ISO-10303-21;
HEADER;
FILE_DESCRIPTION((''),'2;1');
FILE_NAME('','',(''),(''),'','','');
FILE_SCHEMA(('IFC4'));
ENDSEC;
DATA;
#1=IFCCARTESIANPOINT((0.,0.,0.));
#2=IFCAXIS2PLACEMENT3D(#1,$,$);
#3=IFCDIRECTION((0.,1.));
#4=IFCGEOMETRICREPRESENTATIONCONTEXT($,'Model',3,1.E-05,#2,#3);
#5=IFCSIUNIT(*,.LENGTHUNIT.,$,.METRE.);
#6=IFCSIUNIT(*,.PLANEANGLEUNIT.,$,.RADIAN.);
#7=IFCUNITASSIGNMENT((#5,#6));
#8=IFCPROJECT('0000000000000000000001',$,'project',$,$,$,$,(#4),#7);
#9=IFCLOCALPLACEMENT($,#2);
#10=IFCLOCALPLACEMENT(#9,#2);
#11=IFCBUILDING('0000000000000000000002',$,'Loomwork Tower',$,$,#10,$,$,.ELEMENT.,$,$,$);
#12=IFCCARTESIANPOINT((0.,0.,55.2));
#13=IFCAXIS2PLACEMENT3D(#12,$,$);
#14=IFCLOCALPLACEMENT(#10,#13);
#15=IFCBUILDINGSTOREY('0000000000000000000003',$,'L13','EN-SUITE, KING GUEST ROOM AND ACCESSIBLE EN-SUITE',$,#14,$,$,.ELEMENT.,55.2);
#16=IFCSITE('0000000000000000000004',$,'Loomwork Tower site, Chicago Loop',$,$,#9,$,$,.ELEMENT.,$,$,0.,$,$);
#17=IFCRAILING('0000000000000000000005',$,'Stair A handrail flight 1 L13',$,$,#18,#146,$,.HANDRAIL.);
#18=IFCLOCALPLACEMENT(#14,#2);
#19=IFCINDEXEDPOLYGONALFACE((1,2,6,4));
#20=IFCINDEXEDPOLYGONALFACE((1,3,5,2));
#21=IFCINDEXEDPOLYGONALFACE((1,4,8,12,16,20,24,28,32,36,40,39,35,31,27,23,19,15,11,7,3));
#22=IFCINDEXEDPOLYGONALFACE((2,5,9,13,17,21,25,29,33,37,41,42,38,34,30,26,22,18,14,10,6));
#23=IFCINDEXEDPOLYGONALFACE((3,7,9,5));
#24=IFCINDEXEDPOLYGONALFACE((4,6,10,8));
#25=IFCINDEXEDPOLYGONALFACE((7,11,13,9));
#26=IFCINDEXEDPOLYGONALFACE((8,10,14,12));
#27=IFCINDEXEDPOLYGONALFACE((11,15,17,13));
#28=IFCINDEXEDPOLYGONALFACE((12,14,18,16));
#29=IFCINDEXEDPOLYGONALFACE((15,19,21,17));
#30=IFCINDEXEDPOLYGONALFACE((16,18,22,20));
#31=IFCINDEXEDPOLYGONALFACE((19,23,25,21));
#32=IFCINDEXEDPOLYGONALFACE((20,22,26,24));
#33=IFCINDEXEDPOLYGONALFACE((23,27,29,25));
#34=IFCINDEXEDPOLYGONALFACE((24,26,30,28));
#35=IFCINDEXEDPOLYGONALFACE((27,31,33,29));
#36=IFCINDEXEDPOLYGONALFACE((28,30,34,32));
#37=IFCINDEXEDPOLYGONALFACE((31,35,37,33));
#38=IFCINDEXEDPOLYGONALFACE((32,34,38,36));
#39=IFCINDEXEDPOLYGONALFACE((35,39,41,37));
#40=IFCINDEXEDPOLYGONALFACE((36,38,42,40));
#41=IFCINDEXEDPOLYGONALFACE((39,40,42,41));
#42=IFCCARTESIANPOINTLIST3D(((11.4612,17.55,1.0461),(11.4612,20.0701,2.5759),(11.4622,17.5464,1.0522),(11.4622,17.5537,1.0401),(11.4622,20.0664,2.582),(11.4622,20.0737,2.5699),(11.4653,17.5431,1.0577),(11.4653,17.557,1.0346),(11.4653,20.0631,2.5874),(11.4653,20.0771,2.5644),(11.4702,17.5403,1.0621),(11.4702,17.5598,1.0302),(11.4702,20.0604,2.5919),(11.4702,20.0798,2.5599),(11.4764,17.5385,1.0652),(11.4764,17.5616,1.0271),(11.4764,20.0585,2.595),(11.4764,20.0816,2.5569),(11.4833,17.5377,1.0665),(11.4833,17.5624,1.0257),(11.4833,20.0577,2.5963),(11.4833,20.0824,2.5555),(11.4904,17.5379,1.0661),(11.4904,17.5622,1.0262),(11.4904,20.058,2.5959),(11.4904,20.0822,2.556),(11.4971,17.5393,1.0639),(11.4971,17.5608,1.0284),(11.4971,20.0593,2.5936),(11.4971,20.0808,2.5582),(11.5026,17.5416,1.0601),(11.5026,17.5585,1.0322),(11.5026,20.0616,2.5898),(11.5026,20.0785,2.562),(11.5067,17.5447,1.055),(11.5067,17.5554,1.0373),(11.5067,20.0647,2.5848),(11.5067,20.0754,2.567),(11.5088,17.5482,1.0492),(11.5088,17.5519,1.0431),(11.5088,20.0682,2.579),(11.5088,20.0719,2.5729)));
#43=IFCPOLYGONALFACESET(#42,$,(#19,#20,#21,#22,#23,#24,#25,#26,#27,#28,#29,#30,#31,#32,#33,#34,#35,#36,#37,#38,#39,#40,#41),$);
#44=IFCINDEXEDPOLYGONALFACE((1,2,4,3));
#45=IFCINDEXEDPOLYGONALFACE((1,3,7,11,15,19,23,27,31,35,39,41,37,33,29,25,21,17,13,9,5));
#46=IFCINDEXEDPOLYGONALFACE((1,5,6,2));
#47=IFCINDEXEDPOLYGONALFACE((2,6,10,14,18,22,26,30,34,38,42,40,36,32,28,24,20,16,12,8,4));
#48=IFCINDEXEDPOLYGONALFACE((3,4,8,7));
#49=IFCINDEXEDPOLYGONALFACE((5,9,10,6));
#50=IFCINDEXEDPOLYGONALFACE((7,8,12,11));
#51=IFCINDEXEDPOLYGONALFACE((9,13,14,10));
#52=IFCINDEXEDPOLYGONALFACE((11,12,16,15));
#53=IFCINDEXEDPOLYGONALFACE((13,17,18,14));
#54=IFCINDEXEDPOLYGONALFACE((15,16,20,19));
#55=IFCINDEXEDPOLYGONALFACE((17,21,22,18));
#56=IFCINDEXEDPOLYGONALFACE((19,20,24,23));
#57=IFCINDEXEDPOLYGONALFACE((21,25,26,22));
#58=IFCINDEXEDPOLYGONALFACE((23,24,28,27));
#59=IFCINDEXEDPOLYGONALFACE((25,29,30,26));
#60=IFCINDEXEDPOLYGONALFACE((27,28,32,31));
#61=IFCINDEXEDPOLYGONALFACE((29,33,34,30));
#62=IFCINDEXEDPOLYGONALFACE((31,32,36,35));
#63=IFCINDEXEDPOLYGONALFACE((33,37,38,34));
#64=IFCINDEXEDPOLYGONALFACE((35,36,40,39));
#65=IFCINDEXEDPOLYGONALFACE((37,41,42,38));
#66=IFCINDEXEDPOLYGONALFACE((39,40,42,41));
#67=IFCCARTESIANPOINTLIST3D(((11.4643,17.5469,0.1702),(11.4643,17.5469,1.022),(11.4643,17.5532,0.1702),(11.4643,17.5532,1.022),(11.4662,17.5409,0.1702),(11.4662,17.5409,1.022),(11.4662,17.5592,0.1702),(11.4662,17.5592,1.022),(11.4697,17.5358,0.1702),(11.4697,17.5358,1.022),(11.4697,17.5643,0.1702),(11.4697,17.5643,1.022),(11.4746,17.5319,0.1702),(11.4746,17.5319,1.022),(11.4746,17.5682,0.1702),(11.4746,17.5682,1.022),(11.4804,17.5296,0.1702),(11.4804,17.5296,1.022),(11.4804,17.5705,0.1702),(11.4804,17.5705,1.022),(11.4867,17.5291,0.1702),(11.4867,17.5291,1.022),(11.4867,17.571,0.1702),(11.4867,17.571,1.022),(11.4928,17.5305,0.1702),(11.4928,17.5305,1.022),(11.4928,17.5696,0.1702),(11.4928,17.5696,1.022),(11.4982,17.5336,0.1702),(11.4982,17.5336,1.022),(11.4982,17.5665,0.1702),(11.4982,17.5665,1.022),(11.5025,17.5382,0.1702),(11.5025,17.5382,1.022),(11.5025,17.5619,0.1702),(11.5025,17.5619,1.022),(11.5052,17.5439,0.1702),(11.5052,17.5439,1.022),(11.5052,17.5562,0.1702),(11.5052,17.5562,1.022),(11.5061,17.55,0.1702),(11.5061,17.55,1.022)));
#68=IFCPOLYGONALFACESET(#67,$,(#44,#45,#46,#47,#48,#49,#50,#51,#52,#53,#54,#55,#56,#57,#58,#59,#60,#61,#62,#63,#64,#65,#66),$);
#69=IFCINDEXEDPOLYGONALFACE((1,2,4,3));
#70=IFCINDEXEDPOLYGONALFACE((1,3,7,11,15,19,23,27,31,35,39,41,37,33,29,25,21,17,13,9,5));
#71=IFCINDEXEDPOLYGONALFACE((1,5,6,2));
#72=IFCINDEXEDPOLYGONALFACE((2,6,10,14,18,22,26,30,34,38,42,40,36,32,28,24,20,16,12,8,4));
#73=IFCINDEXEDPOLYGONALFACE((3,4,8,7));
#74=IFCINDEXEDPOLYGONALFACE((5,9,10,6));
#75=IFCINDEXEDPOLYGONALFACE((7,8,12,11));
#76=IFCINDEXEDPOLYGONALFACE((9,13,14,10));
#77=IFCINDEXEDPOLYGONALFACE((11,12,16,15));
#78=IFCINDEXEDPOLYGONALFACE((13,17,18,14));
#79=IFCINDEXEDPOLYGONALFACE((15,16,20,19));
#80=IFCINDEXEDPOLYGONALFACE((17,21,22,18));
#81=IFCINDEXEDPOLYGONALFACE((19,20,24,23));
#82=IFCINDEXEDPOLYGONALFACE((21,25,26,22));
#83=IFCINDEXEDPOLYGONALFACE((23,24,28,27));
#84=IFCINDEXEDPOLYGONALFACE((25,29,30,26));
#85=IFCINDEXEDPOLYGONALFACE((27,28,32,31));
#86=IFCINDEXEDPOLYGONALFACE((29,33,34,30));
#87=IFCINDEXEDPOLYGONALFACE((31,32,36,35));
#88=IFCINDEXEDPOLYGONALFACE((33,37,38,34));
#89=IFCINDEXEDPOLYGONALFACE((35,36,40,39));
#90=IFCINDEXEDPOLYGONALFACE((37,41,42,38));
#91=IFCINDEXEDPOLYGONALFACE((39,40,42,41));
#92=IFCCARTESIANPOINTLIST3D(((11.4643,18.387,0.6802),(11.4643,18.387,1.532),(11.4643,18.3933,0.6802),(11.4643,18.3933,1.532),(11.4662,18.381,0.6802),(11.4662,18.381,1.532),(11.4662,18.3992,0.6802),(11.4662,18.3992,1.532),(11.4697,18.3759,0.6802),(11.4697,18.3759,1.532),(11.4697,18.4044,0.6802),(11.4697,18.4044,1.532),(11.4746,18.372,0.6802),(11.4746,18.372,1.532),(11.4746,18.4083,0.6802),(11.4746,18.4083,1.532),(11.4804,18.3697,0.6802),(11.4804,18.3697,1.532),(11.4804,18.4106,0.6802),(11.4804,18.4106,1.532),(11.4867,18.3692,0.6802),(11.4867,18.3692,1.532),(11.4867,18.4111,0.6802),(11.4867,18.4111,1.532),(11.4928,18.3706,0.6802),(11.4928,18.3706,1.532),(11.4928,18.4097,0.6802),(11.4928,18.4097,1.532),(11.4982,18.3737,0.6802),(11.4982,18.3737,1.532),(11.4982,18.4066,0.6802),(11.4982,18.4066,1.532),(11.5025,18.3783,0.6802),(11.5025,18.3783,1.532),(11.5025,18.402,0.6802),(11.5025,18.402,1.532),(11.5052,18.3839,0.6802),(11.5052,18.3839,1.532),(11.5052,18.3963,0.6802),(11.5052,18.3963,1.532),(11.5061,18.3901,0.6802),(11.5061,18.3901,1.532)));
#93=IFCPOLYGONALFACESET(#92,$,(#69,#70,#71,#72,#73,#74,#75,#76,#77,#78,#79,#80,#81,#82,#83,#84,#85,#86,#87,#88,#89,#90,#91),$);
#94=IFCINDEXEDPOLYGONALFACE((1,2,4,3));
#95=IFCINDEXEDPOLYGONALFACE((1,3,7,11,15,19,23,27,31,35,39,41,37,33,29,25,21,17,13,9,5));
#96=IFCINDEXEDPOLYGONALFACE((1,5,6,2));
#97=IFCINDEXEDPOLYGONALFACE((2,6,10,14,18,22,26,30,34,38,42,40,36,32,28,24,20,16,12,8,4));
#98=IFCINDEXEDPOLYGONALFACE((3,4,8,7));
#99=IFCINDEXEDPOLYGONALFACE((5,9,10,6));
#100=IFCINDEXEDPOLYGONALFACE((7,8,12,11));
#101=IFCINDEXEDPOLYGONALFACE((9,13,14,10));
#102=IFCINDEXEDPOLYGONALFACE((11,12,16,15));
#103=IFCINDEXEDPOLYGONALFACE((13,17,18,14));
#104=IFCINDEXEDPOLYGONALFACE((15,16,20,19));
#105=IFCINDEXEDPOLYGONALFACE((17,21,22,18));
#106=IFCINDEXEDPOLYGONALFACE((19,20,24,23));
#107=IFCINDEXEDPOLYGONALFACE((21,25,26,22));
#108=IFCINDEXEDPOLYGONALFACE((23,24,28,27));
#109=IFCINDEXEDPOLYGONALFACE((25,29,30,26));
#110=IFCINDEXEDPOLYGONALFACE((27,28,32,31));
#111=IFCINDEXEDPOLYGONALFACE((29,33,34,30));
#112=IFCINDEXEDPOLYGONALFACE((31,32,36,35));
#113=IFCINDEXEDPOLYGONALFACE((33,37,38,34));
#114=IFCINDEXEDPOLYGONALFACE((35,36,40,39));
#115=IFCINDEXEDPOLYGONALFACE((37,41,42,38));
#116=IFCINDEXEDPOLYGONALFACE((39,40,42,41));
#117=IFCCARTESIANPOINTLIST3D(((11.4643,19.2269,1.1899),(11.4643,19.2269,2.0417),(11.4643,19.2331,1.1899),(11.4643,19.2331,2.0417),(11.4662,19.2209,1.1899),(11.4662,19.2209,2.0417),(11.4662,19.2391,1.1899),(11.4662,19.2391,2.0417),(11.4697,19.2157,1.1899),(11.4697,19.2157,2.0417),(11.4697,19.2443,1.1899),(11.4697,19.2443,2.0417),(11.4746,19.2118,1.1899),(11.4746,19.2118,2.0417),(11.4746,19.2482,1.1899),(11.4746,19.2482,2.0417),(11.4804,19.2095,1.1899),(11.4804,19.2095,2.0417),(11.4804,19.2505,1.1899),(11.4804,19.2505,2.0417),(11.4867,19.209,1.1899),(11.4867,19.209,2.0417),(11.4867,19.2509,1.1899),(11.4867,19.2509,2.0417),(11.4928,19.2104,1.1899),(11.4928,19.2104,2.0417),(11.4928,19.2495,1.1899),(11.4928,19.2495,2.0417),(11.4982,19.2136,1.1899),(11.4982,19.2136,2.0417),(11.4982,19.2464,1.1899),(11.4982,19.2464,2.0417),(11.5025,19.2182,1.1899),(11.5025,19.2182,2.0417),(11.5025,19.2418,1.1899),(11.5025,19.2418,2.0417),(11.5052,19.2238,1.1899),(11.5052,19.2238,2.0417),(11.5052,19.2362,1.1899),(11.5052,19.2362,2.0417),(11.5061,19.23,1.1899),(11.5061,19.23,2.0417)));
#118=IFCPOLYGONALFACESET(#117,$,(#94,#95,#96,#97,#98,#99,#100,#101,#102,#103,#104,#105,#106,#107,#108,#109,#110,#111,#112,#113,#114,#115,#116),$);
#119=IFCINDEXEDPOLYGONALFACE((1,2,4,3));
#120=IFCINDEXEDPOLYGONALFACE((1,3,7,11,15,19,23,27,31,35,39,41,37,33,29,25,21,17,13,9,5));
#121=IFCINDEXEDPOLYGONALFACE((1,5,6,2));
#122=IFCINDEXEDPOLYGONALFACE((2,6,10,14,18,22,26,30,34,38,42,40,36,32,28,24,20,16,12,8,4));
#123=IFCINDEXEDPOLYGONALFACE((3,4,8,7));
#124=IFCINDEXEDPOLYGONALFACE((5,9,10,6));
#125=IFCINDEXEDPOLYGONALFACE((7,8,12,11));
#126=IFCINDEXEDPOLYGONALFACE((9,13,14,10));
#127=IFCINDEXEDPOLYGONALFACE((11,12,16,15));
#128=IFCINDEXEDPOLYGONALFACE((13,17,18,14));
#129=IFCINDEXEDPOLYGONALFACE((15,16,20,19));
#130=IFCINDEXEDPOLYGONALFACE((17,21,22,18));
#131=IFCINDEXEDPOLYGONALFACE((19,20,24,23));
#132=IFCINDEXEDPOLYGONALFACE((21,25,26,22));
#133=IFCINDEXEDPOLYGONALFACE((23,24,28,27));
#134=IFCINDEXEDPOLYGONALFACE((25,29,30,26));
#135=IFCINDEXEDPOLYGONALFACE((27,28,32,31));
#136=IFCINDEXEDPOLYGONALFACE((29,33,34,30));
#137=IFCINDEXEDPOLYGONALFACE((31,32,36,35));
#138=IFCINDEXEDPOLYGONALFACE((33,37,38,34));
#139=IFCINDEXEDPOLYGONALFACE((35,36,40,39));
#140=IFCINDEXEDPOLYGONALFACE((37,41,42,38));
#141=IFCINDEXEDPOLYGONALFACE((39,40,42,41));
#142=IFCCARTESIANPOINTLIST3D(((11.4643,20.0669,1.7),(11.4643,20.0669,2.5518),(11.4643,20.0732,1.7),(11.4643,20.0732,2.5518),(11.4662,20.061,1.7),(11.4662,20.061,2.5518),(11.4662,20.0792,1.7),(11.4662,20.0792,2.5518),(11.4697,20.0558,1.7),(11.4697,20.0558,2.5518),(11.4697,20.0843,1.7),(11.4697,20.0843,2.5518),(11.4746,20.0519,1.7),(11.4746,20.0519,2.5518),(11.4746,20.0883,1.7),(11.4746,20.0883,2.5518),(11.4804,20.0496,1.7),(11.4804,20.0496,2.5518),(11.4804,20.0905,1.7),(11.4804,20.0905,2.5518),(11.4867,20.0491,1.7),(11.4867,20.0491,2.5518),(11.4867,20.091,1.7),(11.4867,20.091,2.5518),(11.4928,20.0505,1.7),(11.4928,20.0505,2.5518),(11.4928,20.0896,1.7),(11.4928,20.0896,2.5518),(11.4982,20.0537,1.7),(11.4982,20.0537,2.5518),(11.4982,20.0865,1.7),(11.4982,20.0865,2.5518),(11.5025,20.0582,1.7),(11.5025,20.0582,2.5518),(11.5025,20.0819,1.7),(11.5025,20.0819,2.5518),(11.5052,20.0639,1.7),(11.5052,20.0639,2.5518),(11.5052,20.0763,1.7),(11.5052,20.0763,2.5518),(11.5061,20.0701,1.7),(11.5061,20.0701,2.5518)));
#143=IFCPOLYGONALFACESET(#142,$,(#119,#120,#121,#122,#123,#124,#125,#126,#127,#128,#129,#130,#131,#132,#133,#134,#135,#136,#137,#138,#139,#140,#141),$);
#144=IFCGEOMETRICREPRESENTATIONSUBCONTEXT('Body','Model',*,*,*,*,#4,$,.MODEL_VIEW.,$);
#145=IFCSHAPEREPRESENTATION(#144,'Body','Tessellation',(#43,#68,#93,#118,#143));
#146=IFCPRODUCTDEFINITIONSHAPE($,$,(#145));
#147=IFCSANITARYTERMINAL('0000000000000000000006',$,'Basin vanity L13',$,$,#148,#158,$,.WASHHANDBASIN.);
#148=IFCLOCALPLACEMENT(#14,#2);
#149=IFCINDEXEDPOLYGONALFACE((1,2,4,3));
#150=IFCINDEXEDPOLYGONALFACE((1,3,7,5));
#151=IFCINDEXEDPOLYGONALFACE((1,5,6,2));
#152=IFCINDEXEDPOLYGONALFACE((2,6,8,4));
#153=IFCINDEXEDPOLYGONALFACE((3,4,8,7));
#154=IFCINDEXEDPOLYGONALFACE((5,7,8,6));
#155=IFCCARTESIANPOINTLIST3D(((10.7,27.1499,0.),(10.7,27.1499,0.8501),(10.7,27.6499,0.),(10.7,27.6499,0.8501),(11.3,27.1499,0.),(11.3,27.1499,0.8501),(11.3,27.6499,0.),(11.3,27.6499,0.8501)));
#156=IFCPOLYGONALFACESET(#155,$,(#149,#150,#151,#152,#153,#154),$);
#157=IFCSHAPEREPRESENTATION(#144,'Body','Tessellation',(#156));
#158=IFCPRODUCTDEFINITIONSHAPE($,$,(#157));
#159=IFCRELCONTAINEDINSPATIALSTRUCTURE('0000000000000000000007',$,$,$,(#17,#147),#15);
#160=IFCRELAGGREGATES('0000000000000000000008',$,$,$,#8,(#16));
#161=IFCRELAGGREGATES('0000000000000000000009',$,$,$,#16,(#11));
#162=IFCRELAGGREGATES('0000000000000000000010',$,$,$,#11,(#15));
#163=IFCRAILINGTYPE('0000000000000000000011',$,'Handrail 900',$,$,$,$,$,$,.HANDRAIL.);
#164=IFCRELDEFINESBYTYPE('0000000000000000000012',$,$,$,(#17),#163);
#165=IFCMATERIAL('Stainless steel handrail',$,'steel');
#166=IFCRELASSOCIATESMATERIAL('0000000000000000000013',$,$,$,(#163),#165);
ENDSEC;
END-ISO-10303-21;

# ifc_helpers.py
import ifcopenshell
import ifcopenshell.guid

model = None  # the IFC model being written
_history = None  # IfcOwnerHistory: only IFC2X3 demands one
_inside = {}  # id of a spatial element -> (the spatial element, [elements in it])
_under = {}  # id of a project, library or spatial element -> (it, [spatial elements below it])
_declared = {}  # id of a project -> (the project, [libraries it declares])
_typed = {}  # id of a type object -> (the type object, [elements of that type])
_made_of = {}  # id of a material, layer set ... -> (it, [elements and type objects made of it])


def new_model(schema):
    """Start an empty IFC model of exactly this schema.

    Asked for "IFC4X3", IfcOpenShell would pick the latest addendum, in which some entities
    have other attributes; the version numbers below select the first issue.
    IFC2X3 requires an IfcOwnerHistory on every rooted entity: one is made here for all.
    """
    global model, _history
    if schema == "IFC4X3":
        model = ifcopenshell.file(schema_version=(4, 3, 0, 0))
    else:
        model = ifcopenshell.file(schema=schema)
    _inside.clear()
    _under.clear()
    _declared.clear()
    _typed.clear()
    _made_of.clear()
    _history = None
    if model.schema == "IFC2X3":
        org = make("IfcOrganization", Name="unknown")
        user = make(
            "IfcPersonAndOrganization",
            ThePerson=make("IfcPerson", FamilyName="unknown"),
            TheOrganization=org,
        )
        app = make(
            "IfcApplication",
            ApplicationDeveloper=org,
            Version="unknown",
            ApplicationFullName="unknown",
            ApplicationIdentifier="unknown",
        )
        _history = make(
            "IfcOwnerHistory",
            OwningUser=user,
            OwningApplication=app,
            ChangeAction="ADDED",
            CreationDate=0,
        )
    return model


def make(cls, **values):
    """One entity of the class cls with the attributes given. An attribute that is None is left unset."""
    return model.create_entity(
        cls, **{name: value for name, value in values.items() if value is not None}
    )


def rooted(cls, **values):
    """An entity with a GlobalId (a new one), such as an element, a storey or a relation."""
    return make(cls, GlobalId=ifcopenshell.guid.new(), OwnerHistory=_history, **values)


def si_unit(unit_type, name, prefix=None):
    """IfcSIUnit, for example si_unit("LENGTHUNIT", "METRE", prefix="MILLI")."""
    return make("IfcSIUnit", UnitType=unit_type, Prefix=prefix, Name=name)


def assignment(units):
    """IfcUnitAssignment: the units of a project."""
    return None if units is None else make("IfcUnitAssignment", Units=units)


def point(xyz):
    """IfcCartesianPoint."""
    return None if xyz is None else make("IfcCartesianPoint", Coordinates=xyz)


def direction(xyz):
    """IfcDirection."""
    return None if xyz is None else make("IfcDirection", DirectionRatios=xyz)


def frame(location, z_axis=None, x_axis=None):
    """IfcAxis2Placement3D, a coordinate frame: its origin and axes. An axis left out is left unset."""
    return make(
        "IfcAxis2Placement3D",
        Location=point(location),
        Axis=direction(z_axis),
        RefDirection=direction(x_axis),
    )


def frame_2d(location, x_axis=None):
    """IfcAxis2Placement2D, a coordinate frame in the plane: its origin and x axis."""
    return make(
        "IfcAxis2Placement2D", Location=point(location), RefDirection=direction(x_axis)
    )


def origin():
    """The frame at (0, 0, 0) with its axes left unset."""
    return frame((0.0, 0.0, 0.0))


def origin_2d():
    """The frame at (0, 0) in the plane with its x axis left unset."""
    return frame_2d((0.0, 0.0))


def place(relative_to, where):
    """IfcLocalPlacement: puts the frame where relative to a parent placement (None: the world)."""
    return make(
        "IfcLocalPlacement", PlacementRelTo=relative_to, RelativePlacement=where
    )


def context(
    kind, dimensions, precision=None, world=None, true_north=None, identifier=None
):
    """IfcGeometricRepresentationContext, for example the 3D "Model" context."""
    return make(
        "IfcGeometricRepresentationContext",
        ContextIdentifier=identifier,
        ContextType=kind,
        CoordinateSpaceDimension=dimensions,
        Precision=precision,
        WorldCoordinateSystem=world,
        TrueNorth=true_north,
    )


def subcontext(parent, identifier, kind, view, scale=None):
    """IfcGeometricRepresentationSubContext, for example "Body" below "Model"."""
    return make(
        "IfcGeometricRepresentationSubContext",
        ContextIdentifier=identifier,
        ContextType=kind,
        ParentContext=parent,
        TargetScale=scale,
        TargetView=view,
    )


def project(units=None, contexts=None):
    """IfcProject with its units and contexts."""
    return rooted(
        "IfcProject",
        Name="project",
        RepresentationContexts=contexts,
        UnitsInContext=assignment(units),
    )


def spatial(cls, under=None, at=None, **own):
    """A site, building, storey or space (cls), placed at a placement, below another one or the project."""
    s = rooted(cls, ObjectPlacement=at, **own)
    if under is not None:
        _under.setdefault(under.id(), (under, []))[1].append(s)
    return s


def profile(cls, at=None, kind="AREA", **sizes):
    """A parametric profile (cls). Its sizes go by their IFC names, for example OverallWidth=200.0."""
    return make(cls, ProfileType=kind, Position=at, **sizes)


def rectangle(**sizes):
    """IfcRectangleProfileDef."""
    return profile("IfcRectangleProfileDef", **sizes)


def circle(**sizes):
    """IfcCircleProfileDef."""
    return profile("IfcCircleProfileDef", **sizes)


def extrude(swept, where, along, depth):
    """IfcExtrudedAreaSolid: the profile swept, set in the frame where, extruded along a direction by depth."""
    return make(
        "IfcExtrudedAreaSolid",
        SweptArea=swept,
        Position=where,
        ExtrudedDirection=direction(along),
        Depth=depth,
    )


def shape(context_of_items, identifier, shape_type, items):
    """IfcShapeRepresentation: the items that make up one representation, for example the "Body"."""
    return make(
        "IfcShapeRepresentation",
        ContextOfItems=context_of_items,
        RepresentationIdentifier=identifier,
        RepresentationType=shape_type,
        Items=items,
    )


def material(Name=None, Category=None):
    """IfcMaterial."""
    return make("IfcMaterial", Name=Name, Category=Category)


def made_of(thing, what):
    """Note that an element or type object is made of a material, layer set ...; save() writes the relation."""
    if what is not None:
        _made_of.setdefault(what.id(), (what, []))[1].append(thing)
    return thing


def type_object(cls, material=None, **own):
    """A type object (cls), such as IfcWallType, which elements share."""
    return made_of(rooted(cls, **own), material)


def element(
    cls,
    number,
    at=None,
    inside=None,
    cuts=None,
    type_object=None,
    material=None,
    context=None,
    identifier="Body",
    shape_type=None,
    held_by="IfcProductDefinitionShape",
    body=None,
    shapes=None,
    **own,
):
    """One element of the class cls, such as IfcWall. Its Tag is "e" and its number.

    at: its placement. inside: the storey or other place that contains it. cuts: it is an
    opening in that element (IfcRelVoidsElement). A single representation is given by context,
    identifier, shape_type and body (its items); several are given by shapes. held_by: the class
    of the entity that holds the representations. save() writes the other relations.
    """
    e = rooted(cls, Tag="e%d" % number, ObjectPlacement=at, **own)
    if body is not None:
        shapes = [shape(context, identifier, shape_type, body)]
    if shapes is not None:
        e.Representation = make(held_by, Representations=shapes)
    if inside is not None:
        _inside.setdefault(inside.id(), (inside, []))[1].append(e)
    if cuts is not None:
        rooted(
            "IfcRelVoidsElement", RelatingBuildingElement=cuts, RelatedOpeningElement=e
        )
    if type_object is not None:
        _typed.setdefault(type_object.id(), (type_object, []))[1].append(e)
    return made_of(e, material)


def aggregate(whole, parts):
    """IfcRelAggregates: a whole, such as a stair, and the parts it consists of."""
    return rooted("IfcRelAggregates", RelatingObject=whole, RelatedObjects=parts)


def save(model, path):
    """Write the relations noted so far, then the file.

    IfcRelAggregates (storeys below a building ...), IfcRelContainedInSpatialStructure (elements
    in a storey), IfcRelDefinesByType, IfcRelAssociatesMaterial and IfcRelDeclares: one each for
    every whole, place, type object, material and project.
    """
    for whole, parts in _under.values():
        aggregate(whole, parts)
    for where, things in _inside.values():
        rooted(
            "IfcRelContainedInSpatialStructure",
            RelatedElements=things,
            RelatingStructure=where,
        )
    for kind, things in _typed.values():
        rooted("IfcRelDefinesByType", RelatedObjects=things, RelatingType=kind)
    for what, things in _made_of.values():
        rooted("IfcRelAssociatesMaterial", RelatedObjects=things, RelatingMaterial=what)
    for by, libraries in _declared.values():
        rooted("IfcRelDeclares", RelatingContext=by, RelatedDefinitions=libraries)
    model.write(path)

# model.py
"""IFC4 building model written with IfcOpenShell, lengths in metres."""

from ifc_helpers import new_model, si_unit, direction, frame, origin, origin_2d, place, context, subcontext, project, spatial, rectangle, circle, extrude, material, type_object, element, save


model = new_model("IFC4")

# Units and contexts
model_context = context("Model", 3, precision=1e-05, world=origin(), true_north=direction((0.0, 1.0)))
body_context = subcontext(model_context, "Body", "Model", "MODEL_VIEW")
ifc_project = project(units=[si_unit("LENGTHUNIT", "METRE"), si_unit("PLANEANGLEUNIT", "RADIAN")], contexts=[model_context])

# Site, building, storey
site_placement = place(None, origin())
site = spatial("IfcSite", under=ifc_project, at=site_placement, Name="Loomwork Tower site, Chicago Loop", CompositionType="ELEMENT", RefElevation=0.0)
building_placement = place(site_placement, origin())
building = spatial("IfcBuilding", under=site, at=building_placement, Name="Loomwork Tower", CompositionType="ELEMENT")
storey_placement = place(building_placement, frame((0.0, 0.0, 55.2)))
storey = spatial("IfcBuildingStorey", under=building, at=storey_placement, Name="L13", Description="EN-SUITE, KING GUEST ROOM AND ACCESSIBLE EN-SUITE", CompositionType="ELEMENT", Elevation=55.2)

# Railing
ifc_material_1 = material(Name="Stainless steel handrail", Category="steel")
railing_type = type_object("IfcRailingType", Name="Handrail 900", PredefinedType="HANDRAIL", material=ifc_material_1)
railing_placement = place(storey_placement, frame((11.4851, 17.55, 0.1702)))
element("IfcRailing", 1, at=railing_placement, inside=storey, type_object=railing_type, Name="Stair A handrail flight 1 L13", PredefinedType="HANDRAIL", context=body_context, shape_type="SweptSolid", body=[
    extrude(circle(Radius=0.0239, at=origin_2d()), frame((0.0, 0.0, 0.876), z_axis=(0.0, 0.854822, 0.518922), x_axis=(-1.0, 0.0, 0.0)), (0.0, 0.0, 1.0), 2.948),
    extrude(circle(Radius=0.021, at=origin_2d()), origin(), (0.0, 0.0, 1.0), 0.8518),
    extrude(circle(Radius=0.021, at=origin_2d()), frame((0.0, 0.8401, 0.51)), (0.0, 0.0, 1.0), 0.8518),
    extrude(circle(Radius=0.021, at=origin_2d()), frame((0.0, 1.6799, 1.0198)), (0.0, 0.0, 1.0), 0.8518),
    extrude(circle(Radius=0.021, at=origin_2d()), frame((0.0, 2.52, 1.5298)), (0.0, 0.0, 1.0), 0.8518),
])

# Sanitary terminal
sanitary_terminal_placement = place(storey_placement, frame((11.0, 27.3999, 0.0), z_axis=(0.0, 0.0, 1.0), x_axis=(1.0, 0.0, 0.0)))
element("IfcSanitaryTerminal", 2, at=sanitary_terminal_placement, inside=storey, Name="Basin vanity L13", PredefinedType="WASHHANDBASIN", context=body_context, shape_type="SweptSolid", body=[
    extrude(rectangle(XDim=0.6001, YDim=0.5, at=origin_2d()), origin(), (0.0, 0.0, 1.0), 0.8501),
])

save(model, "model.ifc")
